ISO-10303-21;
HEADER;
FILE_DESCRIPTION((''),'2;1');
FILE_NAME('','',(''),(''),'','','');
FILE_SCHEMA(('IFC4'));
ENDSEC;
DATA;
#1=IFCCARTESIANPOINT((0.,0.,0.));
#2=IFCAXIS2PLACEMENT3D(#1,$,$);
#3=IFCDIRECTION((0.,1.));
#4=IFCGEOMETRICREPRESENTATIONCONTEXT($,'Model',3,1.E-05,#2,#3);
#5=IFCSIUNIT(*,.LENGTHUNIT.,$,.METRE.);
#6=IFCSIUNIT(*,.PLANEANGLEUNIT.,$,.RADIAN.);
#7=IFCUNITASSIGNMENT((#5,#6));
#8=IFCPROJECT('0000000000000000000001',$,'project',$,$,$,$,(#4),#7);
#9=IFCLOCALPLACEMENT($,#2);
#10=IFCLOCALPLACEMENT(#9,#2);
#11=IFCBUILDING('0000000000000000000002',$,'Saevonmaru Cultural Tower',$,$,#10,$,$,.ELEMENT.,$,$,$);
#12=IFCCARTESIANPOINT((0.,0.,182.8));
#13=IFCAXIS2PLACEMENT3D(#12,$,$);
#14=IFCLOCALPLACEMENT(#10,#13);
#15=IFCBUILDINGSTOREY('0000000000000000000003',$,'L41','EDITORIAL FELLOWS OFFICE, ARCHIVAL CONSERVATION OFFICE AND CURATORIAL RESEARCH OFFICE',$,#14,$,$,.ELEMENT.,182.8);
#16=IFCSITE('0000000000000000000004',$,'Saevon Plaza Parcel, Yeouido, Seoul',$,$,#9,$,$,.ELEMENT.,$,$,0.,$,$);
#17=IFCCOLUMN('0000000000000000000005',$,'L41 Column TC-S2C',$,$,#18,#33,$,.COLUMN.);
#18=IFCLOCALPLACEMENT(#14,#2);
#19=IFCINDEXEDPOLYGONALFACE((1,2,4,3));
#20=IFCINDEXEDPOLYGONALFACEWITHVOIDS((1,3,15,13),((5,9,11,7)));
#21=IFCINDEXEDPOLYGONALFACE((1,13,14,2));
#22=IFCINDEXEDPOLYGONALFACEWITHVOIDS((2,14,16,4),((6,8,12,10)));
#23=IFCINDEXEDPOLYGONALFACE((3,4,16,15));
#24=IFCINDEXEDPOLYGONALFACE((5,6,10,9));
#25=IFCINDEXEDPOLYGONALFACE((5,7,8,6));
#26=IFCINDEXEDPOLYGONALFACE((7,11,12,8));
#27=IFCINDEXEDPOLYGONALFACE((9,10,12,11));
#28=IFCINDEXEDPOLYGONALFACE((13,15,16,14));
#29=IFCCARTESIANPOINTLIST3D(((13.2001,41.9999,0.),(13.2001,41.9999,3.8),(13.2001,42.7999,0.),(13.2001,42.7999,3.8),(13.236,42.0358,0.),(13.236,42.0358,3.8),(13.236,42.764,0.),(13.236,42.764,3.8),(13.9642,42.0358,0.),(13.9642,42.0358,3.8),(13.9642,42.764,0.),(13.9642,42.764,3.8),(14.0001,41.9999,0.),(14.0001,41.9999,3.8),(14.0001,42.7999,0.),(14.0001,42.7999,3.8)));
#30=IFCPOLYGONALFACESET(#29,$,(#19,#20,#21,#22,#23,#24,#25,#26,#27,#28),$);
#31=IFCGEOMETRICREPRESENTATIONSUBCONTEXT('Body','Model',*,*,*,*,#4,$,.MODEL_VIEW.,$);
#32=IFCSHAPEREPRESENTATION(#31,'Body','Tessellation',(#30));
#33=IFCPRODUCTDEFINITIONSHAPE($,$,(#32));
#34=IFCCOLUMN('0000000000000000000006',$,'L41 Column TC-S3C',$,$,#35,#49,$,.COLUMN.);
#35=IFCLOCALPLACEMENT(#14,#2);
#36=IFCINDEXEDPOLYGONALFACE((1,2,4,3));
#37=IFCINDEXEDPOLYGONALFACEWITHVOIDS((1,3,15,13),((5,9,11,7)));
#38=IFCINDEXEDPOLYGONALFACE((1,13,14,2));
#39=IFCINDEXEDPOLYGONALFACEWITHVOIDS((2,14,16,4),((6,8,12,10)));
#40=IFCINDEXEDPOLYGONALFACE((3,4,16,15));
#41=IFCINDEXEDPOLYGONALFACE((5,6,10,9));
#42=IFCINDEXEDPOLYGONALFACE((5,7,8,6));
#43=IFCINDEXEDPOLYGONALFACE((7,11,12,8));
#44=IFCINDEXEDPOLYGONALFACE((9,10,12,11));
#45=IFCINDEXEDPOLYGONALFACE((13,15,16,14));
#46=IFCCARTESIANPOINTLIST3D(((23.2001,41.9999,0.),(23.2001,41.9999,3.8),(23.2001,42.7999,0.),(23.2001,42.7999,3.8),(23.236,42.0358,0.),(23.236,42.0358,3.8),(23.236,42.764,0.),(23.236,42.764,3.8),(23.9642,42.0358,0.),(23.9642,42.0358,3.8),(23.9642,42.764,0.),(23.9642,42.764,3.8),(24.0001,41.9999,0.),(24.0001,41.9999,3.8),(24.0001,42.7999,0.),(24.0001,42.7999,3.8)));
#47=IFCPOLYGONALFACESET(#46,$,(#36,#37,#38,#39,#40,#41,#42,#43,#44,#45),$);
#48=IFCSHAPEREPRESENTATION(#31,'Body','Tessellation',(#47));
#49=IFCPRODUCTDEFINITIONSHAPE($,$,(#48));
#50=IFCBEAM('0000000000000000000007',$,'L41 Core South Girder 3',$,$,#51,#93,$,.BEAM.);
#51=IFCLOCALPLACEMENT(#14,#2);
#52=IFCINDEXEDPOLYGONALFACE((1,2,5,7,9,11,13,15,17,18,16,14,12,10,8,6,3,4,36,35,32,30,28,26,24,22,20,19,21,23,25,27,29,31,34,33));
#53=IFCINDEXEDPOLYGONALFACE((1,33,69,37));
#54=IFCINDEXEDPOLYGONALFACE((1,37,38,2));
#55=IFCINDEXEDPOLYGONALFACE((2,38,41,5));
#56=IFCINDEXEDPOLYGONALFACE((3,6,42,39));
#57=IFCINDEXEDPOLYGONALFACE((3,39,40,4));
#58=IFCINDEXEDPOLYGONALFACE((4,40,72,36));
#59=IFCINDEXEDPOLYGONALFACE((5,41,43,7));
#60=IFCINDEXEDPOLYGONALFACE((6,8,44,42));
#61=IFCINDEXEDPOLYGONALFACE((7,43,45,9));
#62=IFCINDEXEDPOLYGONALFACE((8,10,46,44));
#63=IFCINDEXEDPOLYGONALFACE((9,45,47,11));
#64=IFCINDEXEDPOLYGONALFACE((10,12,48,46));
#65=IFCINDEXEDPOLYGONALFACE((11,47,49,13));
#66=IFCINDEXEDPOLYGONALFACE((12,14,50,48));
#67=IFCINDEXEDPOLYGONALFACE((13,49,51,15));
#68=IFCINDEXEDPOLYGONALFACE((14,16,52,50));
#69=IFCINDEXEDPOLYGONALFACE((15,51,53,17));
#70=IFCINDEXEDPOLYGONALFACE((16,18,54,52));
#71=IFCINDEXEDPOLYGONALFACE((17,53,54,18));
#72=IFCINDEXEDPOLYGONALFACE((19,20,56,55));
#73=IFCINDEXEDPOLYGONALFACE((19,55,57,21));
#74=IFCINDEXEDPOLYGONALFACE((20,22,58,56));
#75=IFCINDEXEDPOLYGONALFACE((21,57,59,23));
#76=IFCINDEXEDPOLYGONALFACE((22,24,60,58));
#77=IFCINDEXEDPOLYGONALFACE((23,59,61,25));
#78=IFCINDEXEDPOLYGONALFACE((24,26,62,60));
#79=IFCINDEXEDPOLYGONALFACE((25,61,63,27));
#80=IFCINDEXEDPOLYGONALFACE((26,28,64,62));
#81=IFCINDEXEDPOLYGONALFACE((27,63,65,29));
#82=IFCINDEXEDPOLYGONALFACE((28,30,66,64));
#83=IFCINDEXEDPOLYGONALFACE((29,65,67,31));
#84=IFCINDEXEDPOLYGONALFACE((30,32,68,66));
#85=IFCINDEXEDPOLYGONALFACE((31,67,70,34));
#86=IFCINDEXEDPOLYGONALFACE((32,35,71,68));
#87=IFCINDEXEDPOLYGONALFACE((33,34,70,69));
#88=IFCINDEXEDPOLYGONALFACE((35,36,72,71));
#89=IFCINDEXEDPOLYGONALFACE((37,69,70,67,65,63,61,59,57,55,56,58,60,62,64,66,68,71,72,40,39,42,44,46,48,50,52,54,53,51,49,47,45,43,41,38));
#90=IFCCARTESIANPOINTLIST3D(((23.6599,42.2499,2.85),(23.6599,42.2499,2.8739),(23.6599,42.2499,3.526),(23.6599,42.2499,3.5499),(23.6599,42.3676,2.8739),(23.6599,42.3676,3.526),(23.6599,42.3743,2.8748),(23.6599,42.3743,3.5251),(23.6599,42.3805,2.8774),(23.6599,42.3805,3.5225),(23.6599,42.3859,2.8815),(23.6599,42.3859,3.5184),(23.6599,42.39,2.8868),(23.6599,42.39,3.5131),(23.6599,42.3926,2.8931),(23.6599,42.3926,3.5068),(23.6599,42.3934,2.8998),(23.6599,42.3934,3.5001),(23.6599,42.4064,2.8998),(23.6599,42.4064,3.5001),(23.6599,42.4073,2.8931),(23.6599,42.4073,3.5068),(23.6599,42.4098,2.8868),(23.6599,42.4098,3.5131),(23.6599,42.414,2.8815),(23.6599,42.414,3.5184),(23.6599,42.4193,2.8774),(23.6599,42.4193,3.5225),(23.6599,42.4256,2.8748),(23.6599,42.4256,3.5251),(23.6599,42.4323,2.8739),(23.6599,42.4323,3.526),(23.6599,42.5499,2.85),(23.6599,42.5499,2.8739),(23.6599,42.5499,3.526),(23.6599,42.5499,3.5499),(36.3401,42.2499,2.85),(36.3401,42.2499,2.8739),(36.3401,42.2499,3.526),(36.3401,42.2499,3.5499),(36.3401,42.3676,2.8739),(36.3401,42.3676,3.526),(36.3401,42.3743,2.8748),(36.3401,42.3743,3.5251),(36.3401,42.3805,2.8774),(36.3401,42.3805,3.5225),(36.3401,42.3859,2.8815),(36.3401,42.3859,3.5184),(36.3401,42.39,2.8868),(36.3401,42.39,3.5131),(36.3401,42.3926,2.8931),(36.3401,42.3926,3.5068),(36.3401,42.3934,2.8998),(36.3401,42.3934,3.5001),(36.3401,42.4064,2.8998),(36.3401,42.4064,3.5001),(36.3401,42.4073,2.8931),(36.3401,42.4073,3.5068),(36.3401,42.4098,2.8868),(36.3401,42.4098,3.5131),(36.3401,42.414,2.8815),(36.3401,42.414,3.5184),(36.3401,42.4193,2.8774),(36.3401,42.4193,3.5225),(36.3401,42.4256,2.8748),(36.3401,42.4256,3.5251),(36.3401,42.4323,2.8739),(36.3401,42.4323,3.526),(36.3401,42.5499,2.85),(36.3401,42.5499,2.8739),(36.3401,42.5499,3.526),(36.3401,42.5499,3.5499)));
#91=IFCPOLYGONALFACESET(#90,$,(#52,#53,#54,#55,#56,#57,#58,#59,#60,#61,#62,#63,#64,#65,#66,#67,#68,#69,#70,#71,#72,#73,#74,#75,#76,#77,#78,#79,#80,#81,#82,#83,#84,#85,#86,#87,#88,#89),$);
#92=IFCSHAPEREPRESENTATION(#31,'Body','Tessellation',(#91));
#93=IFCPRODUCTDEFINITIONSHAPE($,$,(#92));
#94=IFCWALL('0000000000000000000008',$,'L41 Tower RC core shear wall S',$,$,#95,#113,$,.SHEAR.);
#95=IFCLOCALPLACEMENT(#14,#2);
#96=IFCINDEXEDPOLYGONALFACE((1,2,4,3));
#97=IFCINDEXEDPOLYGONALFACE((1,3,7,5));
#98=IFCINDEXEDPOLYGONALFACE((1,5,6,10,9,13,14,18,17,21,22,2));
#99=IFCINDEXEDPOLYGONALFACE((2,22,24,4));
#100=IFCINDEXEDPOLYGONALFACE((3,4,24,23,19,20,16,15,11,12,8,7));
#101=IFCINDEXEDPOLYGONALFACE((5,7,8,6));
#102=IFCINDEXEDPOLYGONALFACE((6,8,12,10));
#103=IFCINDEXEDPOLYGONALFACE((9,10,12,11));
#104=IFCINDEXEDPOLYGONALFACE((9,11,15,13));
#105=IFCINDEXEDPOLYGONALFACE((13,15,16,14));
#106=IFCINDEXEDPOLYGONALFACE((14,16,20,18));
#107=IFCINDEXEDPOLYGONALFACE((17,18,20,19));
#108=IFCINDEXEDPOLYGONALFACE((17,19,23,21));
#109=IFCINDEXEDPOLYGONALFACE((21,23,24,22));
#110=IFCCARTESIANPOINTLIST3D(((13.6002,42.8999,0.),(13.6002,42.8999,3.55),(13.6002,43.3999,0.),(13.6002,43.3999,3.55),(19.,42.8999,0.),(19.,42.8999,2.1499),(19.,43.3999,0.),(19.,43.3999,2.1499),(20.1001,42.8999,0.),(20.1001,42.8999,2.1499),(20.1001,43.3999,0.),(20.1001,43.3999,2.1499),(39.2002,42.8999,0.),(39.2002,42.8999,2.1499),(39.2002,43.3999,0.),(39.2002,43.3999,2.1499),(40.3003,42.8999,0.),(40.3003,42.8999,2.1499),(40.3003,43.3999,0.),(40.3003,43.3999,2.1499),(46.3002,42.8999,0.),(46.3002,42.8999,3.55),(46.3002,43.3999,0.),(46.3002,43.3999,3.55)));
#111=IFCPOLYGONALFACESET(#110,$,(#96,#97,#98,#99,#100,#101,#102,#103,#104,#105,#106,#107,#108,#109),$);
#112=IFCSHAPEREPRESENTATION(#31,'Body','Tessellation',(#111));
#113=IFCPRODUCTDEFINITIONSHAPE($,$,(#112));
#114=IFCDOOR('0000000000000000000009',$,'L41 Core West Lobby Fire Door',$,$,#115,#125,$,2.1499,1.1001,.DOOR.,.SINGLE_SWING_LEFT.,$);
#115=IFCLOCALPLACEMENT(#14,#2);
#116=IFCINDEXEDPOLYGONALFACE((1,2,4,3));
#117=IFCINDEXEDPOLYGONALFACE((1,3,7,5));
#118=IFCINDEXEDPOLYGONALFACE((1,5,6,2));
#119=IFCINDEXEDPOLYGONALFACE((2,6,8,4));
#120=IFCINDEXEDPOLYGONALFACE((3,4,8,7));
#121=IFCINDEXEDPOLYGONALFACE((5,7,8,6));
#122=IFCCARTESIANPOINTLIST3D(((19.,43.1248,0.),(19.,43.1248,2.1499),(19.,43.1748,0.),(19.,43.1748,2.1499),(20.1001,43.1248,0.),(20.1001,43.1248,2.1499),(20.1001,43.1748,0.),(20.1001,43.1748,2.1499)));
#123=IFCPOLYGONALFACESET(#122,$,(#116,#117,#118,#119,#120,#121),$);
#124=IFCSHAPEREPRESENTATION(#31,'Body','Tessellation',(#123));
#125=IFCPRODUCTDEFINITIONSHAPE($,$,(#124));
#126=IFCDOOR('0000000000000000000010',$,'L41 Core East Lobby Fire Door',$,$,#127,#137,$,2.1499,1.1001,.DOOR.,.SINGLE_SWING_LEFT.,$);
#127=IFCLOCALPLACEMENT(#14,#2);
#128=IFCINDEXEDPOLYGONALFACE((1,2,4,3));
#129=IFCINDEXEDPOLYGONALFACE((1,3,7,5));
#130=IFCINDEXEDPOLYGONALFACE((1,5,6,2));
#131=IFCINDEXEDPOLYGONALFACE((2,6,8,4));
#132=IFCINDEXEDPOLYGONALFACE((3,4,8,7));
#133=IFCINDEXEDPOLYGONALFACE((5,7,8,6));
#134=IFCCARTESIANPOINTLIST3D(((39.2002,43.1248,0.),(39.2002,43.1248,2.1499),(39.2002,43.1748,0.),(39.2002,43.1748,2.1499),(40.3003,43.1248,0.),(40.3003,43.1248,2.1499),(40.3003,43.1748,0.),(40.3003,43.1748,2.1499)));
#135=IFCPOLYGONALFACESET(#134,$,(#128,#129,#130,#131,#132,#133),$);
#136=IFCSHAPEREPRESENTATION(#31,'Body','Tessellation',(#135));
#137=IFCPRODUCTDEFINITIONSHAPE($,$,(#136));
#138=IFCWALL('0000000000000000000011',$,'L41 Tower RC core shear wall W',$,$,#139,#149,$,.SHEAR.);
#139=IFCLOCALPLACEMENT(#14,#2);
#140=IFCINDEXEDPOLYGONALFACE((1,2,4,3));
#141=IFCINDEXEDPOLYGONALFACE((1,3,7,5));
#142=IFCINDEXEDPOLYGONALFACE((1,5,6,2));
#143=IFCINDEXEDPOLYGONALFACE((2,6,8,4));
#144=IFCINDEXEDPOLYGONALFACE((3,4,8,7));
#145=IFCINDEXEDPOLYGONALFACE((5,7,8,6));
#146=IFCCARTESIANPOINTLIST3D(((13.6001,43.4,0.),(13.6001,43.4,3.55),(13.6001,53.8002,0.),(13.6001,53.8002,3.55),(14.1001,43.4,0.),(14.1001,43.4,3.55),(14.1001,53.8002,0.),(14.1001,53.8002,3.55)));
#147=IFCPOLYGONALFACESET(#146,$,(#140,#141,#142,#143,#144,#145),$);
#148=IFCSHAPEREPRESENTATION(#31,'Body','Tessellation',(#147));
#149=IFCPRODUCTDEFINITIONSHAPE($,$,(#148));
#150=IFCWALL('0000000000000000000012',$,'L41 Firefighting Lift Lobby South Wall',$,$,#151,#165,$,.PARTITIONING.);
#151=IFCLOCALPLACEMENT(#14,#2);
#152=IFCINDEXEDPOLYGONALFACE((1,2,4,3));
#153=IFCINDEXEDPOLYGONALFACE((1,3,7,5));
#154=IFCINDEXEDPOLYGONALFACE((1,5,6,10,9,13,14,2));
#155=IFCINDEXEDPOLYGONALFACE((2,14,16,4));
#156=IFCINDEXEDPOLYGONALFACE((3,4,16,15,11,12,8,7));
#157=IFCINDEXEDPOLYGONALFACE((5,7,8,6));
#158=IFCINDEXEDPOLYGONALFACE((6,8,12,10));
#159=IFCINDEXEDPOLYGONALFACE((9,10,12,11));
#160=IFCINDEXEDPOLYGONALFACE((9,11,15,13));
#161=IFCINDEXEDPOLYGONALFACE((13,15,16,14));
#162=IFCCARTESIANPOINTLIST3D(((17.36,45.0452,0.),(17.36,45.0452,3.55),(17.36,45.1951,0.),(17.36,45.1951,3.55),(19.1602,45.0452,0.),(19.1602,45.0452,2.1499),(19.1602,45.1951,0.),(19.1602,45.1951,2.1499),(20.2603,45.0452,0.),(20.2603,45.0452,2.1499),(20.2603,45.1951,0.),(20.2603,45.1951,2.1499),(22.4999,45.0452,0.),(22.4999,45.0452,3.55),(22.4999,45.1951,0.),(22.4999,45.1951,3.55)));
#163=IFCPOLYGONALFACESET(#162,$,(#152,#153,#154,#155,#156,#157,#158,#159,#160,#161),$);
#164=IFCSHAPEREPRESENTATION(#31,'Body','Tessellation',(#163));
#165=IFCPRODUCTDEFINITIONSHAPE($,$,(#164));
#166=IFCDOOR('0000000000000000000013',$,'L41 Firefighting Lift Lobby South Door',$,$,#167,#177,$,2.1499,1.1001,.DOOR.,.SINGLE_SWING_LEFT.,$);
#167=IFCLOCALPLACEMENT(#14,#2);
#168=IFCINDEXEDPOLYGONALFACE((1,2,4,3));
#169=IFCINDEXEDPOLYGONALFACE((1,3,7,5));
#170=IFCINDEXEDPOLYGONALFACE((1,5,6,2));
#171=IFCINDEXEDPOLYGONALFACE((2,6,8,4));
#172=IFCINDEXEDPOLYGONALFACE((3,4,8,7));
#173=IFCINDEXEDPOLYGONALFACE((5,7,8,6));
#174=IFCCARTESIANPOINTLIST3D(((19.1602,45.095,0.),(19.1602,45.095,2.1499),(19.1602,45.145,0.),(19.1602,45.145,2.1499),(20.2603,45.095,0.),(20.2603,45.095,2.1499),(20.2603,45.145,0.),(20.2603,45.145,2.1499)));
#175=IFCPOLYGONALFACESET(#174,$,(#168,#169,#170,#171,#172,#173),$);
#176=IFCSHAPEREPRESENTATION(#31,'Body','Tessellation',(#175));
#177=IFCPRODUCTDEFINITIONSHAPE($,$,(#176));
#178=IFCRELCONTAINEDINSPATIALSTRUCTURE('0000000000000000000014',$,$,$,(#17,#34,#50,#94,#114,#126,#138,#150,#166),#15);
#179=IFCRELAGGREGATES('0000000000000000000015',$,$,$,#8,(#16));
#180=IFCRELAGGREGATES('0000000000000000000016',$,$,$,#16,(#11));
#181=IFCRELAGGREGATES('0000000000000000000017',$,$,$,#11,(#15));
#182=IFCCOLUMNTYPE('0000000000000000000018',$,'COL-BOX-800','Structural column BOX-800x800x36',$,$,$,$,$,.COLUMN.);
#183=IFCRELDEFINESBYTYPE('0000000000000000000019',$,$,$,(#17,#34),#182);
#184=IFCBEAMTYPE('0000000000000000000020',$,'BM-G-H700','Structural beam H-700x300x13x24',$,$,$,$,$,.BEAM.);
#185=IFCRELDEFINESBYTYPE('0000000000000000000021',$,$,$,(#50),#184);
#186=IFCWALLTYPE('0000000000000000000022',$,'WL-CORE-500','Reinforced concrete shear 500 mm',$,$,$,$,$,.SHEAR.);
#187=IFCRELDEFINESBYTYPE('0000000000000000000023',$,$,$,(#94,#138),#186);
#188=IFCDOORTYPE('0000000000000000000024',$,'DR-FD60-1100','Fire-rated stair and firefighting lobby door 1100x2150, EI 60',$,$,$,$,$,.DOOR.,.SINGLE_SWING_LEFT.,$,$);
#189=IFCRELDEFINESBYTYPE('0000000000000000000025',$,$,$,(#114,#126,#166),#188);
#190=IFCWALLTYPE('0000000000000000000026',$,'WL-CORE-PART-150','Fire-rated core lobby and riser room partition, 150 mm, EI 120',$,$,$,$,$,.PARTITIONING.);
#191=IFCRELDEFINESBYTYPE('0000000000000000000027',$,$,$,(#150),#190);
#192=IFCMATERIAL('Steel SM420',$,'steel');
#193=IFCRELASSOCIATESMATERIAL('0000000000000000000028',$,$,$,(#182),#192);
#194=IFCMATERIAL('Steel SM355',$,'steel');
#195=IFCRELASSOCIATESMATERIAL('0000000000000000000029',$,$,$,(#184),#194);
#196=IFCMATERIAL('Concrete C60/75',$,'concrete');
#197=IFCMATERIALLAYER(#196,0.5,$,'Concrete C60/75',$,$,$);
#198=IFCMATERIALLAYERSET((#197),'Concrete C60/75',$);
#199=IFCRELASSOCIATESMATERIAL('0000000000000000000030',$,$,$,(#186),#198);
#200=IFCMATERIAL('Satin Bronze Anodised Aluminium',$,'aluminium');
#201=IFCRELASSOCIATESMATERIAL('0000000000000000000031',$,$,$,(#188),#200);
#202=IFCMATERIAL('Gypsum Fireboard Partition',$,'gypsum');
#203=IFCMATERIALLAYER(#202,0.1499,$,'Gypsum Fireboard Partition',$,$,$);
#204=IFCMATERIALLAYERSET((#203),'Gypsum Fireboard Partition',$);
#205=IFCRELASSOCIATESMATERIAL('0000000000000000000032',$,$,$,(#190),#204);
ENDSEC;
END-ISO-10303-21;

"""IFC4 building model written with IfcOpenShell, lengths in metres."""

from ifc_helpers import new_model, si_unit, direction, frame, frame_2d, origin, origin_2d, place, context, subcontext, project, spatial, rectangle, hollow_rectangle, i_section, extrude, material, layer, layer_set, material_profile, profile_set, type_object, element, fill, save


model = new_model("IFC4")

# Units and contexts
model_context = context("Model", 3, precision=1e-05, world=origin(), true_north=direction((0.0, 1.0)))
body_context = subcontext(model_context, "Body", "Model", "MODEL_VIEW")
ifc_project = project(units=[si_unit("LENGTHUNIT", "METRE"), si_unit("PLANEANGLEUNIT", "RADIAN")], contexts=[model_context])

# Site, building, storey
site_placement = place(None, origin())
site = spatial("IfcSite", under=ifc_project, at=site_placement, Name="Saevon Plaza Parcel, Yeouido, Seoul", CompositionType="ELEMENT", RefElevation=0.0)
building_placement = place(site_placement, origin())
building = spatial("IfcBuilding", under=site, at=building_placement, Name="Saevonmaru Cultural Tower", CompositionType="ELEMENT")
storey_placement = place(building_placement, frame((0.0, 0.0, 182.8)))
storey = spatial("IfcBuildingStorey", under=building, at=storey_placement, Name="L41", Description="EDITORIAL FELLOWS OFFICE, ARCHIVAL CONSERVATION OFFICE AND CURATORIAL RESEARCH OFFICE", CompositionType="ELEMENT", Elevation=182.8)

# Columns
ifc_material_1 = material(Name="Steel SM420", Category="steel")
ifc_material_profile_1 = material_profile(ifc_material_1, hollow_rectangle(XDim=0.8, YDim=0.8, WallThickness=0.0359, at=origin_2d()), Name="BOX-800x800x36")
ifc_profile_set_1 = profile_set([ifc_material_profile_1], Name="Steel SM420")
column_type = type_object("IfcColumnType", Name="COL-BOX-800", Description="Structural column BOX-800x800x36", PredefinedType="COLUMN", material=ifc_profile_set_1)
for number, where, z_axis, x_axis, name in (
    (1, (13.6001, 42.3999, 0.0), (0.0, 0.0, 1.0), (1.0, 0.0, 0.0), "L41 Column TC-S2C"),
    (2, (23.6001, 42.3999, 0.0), (0.0, 0.0, 1.0), (1.0, 0.0, 0.0), "L41 Column TC-S3C"),
):
    element("IfcColumn", number, at=place(storey_placement, frame(where, z_axis=z_axis, x_axis=x_axis)), inside=storey, type_object=column_type, Name=name, PredefinedType="COLUMN", context=body_context, shape_type="SweptSolid", body=[
        extrude(hollow_rectangle(XDim=0.8, YDim=0.8, WallThickness=0.0359, at=origin_2d()), origin(), (0.0, 0.0, 1.0), 3.8),
    ])

# Beam
ifc_material_2 = material(Name="Steel SM355", Category="steel")
ifc_material_profile_2 = material_profile(ifc_material_2, i_section(OverallWidth=0.3, OverallDepth=0.7, WebThickness=0.0129, FlangeThickness=0.0239, FilletRadius=0.0259, at=origin_2d()), Name="H-700x300x13x24")
ifc_profile_set_2 = profile_set([ifc_material_profile_2], Name="Steel SM355")
beam_type = type_object("IfcBeamType", Name="BM-G-H700", Description="Structural beam H-700x300x13x24", PredefinedType="BEAM", material=ifc_profile_set_2)
beam_placement = place(storey_placement, frame((23.6599, 42.3999, 3.2), z_axis=(1.0, 0.0, 0.0), x_axis=(0.0, 1.0, 0.0)))
element("IfcBeam", 3, at=beam_placement, inside=storey, type_object=beam_type, Name="L41 Core South Girder 3", PredefinedType="BEAM", context=body_context, shape_type="SweptSolid", body=[
    extrude(i_section(OverallWidth=0.3, OverallDepth=0.7, WebThickness=0.0129, FlangeThickness=0.0239, FilletRadius=0.0259, at=origin_2d()), origin(), (0.0, 0.0, 1.0), 12.6802),
])

# Wall, openings, doors
ifc_material_3 = material(Name="Concrete C60/75", Category="concrete")
ifc_layer_1 = layer(ifc_material_3, 0.5, Name="Concrete C60/75")
ifc_layer_set_1 = layer_set([ifc_layer_1], Name="Concrete C60/75")
wall_type_1 = type_object("IfcWallType", Name="WL-CORE-500", Description="Reinforced concrete shear 500 mm", PredefinedType="SHEAR", material=ifc_layer_set_1)
wall_1_placement = place(storey_placement, frame((13.6001, 43.1499, 0.0), z_axis=(0.0, 0.0, 1.0), x_axis=(1.0, 0.0, 0.0)))
wall_1 = element("IfcWall", 4, at=wall_1_placement, inside=storey, type_object=wall_type_1, Name="L41 Tower RC core shear wall S", PredefinedType="SHEAR", context=body_context, shape_type="SweptSolid", body=[
    extrude(rectangle(XDim=32.7, YDim=0.5, at=frame_2d((16.3501, 0.0))), origin(), (0.0, 0.0, 1.0), 3.55),
])
opening_1_placement = place(wall_1_placement, frame((5.3999, 0.0, 0.0)))
opening_1 = element("IfcOpeningElement", 5, at=opening_1_placement, cuts=wall_1, PredefinedType="OPENING", context=body_context, shape_type="SweptSolid", body=[
    extrude(rectangle(XDim=1.1001, YDim=2.1499, at=frame_2d((0.55, 1.075))), frame((0.0, 0.26, 0.0), z_axis=(0.0, -1.0, 0.0), x_axis=(1.0, 0.0, 0.0)), (0.0, 0.0, 1.0), 0.52),
])
opening_2_placement = place(wall_1_placement, frame((25.6001, 0.0, 0.0)))
opening_2 = element("IfcOpeningElement", 6, at=opening_2_placement, cuts=wall_1, PredefinedType="OPENING", context=body_context, shape_type="SweptSolid", body=[
    extrude(rectangle(XDim=1.1001, YDim=2.1499, at=frame_2d((0.55, 1.075))), frame((0.0, 0.26, 0.0), z_axis=(0.0, -1.0, 0.0), x_axis=(1.0, 0.0, 0.0)), (0.0, 0.0, 1.0), 0.52),
])
ifc_material_4 = material(Name="Satin Bronze Anodised Aluminium", Category="aluminium")
door_type_1 = type_object("IfcDoorType", Name="DR-FD60-1100", Description="Fire-rated stair and firefighting lobby door 1100x2150, EI 60", OperationType="SINGLE_SWING_LEFT", PredefinedType="DOOR", material=ifc_material_4)
door_1_placement = place(opening_1_placement, origin())
door_1 = element("IfcDoor", 7, at=door_1_placement, inside=storey, type_object=door_type_1, Name="L41 Core West Lobby Fire Door", OperationType="SINGLE_SWING_LEFT", OverallHeight=2.1499, OverallWidth=1.1001, PredefinedType="DOOR", context=body_context, shape_type="SweptSolid", body=[
    extrude(rectangle(XDim=1.1001, YDim=2.1499, at=frame_2d((0.55, 1.075))), frame((0.0, 0.0249, 0.0), z_axis=(0.0, -1.0, 0.0), x_axis=(1.0, 0.0, 0.0)), (0.0, 0.0, 1.0), 0.05),
])
fill(opening_1, door_1)
door_2_placement = place(opening_2_placement, origin())
door_2 = element("IfcDoor", 8, at=door_2_placement, inside=storey, type_object=door_type_1, Name="L41 Core East Lobby Fire Door", OperationType="SINGLE_SWING_LEFT", OverallHeight=2.1499, OverallWidth=1.1001, PredefinedType="DOOR", context=body_context, shape_type="SweptSolid", body=[
    extrude(rectangle(XDim=1.1001, YDim=2.1499, at=frame_2d((0.55, 1.075))), frame((0.0, 0.0249, 0.0), z_axis=(0.0, -1.0, 0.0), x_axis=(1.0, 0.0, 0.0)), (0.0, 0.0, 1.0), 0.05),
])
fill(opening_2, door_2)

# Wall
wall_2_placement = place(storey_placement, frame((13.8501, 43.3999, 0.0), z_axis=(0.0, 0.0, 1.0), x_axis=(0.0, 1.0, 0.0)))
element("IfcWall", 9, at=wall_2_placement, inside=storey, type_object=wall_type_1, Name="L41 Tower RC core shear wall W", PredefinedType="SHEAR", context=body_context, shape_type="SweptSolid", body=[
    extrude(rectangle(XDim=10.4001, YDim=0.5, at=frame_2d((5.2002, 0.0))), origin(), (0.0, 0.0, 1.0), 3.55),
])

# Wall, opening, door
ifc_material_5 = material(Name="Gypsum Fireboard Partition", Category="gypsum")
ifc_layer_2 = layer(ifc_material_5, 0.1499, Name="Gypsum Fireboard Partition")
ifc_layer_set_2 = layer_set([ifc_layer_2], Name="Gypsum Fireboard Partition")
wall_type_2 = type_object("IfcWallType", Name="WL-CORE-PART-150", Description="Fire-rated core lobby and riser room partition, 150 mm, EI 120", PredefinedType="PARTITIONING", material=ifc_layer_set_2)
wall_3_placement = place(storey_placement, frame((17.3601, 45.1201, 0.0), z_axis=(0.0, 0.0, 1.0), x_axis=(1.0, 0.0, 0.0)))
wall_3 = element("IfcWall", 10, at=wall_3_placement, inside=storey, type_object=wall_type_2, Name="L41 Firefighting Lift Lobby South Wall", PredefinedType="PARTITIONING", context=body_context, shape_type="SweptSolid", body=[
    extrude(rectangle(XDim=5.1399, YDim=0.1499, at=frame_2d((2.5698, 0.0))), origin(), (0.0, 0.0, 1.0), 3.55),
])
opening_3_placement = place(wall_3_placement, frame((1.8, 0.0, 0.0)))
opening_3 = element("IfcOpeningElement", 11, at=opening_3_placement, cuts=wall_3, PredefinedType="OPENING", context=body_context, shape_type="SweptSolid", body=[
    extrude(rectangle(XDim=1.1001, YDim=2.1499, at=frame_2d((0.55, 1.075))), frame((0.0, 0.085, 0.0), z_axis=(0.0, -1.0, 0.0), x_axis=(1.0, 0.0, 0.0)), (0.0, 0.0, 1.0), 0.1699),
])
door_3_placement = place(opening_3_placement, origin())
door_3 = element("IfcDoor", 12, at=door_3_placement, inside=storey, type_object=door_type_1, Name="L41 Firefighting Lift Lobby South Door", OperationType="SINGLE_SWING_LEFT", OverallHeight=2.1499, OverallWidth=1.1001, PredefinedType="DOOR", context=body_context, shape_type="SweptSolid", body=[
    extrude(rectangle(XDim=1.1001, YDim=2.1499, at=frame_2d((0.55, 1.075))), frame((0.0, 0.0249, 0.0), z_axis=(0.0, -1.0, 0.0), x_axis=(1.0, 0.0, 0.0)), (0.0, 0.0, 1.0), 0.05),
])
fill(opening_3, door_3)

save(model, "model.ifc")
